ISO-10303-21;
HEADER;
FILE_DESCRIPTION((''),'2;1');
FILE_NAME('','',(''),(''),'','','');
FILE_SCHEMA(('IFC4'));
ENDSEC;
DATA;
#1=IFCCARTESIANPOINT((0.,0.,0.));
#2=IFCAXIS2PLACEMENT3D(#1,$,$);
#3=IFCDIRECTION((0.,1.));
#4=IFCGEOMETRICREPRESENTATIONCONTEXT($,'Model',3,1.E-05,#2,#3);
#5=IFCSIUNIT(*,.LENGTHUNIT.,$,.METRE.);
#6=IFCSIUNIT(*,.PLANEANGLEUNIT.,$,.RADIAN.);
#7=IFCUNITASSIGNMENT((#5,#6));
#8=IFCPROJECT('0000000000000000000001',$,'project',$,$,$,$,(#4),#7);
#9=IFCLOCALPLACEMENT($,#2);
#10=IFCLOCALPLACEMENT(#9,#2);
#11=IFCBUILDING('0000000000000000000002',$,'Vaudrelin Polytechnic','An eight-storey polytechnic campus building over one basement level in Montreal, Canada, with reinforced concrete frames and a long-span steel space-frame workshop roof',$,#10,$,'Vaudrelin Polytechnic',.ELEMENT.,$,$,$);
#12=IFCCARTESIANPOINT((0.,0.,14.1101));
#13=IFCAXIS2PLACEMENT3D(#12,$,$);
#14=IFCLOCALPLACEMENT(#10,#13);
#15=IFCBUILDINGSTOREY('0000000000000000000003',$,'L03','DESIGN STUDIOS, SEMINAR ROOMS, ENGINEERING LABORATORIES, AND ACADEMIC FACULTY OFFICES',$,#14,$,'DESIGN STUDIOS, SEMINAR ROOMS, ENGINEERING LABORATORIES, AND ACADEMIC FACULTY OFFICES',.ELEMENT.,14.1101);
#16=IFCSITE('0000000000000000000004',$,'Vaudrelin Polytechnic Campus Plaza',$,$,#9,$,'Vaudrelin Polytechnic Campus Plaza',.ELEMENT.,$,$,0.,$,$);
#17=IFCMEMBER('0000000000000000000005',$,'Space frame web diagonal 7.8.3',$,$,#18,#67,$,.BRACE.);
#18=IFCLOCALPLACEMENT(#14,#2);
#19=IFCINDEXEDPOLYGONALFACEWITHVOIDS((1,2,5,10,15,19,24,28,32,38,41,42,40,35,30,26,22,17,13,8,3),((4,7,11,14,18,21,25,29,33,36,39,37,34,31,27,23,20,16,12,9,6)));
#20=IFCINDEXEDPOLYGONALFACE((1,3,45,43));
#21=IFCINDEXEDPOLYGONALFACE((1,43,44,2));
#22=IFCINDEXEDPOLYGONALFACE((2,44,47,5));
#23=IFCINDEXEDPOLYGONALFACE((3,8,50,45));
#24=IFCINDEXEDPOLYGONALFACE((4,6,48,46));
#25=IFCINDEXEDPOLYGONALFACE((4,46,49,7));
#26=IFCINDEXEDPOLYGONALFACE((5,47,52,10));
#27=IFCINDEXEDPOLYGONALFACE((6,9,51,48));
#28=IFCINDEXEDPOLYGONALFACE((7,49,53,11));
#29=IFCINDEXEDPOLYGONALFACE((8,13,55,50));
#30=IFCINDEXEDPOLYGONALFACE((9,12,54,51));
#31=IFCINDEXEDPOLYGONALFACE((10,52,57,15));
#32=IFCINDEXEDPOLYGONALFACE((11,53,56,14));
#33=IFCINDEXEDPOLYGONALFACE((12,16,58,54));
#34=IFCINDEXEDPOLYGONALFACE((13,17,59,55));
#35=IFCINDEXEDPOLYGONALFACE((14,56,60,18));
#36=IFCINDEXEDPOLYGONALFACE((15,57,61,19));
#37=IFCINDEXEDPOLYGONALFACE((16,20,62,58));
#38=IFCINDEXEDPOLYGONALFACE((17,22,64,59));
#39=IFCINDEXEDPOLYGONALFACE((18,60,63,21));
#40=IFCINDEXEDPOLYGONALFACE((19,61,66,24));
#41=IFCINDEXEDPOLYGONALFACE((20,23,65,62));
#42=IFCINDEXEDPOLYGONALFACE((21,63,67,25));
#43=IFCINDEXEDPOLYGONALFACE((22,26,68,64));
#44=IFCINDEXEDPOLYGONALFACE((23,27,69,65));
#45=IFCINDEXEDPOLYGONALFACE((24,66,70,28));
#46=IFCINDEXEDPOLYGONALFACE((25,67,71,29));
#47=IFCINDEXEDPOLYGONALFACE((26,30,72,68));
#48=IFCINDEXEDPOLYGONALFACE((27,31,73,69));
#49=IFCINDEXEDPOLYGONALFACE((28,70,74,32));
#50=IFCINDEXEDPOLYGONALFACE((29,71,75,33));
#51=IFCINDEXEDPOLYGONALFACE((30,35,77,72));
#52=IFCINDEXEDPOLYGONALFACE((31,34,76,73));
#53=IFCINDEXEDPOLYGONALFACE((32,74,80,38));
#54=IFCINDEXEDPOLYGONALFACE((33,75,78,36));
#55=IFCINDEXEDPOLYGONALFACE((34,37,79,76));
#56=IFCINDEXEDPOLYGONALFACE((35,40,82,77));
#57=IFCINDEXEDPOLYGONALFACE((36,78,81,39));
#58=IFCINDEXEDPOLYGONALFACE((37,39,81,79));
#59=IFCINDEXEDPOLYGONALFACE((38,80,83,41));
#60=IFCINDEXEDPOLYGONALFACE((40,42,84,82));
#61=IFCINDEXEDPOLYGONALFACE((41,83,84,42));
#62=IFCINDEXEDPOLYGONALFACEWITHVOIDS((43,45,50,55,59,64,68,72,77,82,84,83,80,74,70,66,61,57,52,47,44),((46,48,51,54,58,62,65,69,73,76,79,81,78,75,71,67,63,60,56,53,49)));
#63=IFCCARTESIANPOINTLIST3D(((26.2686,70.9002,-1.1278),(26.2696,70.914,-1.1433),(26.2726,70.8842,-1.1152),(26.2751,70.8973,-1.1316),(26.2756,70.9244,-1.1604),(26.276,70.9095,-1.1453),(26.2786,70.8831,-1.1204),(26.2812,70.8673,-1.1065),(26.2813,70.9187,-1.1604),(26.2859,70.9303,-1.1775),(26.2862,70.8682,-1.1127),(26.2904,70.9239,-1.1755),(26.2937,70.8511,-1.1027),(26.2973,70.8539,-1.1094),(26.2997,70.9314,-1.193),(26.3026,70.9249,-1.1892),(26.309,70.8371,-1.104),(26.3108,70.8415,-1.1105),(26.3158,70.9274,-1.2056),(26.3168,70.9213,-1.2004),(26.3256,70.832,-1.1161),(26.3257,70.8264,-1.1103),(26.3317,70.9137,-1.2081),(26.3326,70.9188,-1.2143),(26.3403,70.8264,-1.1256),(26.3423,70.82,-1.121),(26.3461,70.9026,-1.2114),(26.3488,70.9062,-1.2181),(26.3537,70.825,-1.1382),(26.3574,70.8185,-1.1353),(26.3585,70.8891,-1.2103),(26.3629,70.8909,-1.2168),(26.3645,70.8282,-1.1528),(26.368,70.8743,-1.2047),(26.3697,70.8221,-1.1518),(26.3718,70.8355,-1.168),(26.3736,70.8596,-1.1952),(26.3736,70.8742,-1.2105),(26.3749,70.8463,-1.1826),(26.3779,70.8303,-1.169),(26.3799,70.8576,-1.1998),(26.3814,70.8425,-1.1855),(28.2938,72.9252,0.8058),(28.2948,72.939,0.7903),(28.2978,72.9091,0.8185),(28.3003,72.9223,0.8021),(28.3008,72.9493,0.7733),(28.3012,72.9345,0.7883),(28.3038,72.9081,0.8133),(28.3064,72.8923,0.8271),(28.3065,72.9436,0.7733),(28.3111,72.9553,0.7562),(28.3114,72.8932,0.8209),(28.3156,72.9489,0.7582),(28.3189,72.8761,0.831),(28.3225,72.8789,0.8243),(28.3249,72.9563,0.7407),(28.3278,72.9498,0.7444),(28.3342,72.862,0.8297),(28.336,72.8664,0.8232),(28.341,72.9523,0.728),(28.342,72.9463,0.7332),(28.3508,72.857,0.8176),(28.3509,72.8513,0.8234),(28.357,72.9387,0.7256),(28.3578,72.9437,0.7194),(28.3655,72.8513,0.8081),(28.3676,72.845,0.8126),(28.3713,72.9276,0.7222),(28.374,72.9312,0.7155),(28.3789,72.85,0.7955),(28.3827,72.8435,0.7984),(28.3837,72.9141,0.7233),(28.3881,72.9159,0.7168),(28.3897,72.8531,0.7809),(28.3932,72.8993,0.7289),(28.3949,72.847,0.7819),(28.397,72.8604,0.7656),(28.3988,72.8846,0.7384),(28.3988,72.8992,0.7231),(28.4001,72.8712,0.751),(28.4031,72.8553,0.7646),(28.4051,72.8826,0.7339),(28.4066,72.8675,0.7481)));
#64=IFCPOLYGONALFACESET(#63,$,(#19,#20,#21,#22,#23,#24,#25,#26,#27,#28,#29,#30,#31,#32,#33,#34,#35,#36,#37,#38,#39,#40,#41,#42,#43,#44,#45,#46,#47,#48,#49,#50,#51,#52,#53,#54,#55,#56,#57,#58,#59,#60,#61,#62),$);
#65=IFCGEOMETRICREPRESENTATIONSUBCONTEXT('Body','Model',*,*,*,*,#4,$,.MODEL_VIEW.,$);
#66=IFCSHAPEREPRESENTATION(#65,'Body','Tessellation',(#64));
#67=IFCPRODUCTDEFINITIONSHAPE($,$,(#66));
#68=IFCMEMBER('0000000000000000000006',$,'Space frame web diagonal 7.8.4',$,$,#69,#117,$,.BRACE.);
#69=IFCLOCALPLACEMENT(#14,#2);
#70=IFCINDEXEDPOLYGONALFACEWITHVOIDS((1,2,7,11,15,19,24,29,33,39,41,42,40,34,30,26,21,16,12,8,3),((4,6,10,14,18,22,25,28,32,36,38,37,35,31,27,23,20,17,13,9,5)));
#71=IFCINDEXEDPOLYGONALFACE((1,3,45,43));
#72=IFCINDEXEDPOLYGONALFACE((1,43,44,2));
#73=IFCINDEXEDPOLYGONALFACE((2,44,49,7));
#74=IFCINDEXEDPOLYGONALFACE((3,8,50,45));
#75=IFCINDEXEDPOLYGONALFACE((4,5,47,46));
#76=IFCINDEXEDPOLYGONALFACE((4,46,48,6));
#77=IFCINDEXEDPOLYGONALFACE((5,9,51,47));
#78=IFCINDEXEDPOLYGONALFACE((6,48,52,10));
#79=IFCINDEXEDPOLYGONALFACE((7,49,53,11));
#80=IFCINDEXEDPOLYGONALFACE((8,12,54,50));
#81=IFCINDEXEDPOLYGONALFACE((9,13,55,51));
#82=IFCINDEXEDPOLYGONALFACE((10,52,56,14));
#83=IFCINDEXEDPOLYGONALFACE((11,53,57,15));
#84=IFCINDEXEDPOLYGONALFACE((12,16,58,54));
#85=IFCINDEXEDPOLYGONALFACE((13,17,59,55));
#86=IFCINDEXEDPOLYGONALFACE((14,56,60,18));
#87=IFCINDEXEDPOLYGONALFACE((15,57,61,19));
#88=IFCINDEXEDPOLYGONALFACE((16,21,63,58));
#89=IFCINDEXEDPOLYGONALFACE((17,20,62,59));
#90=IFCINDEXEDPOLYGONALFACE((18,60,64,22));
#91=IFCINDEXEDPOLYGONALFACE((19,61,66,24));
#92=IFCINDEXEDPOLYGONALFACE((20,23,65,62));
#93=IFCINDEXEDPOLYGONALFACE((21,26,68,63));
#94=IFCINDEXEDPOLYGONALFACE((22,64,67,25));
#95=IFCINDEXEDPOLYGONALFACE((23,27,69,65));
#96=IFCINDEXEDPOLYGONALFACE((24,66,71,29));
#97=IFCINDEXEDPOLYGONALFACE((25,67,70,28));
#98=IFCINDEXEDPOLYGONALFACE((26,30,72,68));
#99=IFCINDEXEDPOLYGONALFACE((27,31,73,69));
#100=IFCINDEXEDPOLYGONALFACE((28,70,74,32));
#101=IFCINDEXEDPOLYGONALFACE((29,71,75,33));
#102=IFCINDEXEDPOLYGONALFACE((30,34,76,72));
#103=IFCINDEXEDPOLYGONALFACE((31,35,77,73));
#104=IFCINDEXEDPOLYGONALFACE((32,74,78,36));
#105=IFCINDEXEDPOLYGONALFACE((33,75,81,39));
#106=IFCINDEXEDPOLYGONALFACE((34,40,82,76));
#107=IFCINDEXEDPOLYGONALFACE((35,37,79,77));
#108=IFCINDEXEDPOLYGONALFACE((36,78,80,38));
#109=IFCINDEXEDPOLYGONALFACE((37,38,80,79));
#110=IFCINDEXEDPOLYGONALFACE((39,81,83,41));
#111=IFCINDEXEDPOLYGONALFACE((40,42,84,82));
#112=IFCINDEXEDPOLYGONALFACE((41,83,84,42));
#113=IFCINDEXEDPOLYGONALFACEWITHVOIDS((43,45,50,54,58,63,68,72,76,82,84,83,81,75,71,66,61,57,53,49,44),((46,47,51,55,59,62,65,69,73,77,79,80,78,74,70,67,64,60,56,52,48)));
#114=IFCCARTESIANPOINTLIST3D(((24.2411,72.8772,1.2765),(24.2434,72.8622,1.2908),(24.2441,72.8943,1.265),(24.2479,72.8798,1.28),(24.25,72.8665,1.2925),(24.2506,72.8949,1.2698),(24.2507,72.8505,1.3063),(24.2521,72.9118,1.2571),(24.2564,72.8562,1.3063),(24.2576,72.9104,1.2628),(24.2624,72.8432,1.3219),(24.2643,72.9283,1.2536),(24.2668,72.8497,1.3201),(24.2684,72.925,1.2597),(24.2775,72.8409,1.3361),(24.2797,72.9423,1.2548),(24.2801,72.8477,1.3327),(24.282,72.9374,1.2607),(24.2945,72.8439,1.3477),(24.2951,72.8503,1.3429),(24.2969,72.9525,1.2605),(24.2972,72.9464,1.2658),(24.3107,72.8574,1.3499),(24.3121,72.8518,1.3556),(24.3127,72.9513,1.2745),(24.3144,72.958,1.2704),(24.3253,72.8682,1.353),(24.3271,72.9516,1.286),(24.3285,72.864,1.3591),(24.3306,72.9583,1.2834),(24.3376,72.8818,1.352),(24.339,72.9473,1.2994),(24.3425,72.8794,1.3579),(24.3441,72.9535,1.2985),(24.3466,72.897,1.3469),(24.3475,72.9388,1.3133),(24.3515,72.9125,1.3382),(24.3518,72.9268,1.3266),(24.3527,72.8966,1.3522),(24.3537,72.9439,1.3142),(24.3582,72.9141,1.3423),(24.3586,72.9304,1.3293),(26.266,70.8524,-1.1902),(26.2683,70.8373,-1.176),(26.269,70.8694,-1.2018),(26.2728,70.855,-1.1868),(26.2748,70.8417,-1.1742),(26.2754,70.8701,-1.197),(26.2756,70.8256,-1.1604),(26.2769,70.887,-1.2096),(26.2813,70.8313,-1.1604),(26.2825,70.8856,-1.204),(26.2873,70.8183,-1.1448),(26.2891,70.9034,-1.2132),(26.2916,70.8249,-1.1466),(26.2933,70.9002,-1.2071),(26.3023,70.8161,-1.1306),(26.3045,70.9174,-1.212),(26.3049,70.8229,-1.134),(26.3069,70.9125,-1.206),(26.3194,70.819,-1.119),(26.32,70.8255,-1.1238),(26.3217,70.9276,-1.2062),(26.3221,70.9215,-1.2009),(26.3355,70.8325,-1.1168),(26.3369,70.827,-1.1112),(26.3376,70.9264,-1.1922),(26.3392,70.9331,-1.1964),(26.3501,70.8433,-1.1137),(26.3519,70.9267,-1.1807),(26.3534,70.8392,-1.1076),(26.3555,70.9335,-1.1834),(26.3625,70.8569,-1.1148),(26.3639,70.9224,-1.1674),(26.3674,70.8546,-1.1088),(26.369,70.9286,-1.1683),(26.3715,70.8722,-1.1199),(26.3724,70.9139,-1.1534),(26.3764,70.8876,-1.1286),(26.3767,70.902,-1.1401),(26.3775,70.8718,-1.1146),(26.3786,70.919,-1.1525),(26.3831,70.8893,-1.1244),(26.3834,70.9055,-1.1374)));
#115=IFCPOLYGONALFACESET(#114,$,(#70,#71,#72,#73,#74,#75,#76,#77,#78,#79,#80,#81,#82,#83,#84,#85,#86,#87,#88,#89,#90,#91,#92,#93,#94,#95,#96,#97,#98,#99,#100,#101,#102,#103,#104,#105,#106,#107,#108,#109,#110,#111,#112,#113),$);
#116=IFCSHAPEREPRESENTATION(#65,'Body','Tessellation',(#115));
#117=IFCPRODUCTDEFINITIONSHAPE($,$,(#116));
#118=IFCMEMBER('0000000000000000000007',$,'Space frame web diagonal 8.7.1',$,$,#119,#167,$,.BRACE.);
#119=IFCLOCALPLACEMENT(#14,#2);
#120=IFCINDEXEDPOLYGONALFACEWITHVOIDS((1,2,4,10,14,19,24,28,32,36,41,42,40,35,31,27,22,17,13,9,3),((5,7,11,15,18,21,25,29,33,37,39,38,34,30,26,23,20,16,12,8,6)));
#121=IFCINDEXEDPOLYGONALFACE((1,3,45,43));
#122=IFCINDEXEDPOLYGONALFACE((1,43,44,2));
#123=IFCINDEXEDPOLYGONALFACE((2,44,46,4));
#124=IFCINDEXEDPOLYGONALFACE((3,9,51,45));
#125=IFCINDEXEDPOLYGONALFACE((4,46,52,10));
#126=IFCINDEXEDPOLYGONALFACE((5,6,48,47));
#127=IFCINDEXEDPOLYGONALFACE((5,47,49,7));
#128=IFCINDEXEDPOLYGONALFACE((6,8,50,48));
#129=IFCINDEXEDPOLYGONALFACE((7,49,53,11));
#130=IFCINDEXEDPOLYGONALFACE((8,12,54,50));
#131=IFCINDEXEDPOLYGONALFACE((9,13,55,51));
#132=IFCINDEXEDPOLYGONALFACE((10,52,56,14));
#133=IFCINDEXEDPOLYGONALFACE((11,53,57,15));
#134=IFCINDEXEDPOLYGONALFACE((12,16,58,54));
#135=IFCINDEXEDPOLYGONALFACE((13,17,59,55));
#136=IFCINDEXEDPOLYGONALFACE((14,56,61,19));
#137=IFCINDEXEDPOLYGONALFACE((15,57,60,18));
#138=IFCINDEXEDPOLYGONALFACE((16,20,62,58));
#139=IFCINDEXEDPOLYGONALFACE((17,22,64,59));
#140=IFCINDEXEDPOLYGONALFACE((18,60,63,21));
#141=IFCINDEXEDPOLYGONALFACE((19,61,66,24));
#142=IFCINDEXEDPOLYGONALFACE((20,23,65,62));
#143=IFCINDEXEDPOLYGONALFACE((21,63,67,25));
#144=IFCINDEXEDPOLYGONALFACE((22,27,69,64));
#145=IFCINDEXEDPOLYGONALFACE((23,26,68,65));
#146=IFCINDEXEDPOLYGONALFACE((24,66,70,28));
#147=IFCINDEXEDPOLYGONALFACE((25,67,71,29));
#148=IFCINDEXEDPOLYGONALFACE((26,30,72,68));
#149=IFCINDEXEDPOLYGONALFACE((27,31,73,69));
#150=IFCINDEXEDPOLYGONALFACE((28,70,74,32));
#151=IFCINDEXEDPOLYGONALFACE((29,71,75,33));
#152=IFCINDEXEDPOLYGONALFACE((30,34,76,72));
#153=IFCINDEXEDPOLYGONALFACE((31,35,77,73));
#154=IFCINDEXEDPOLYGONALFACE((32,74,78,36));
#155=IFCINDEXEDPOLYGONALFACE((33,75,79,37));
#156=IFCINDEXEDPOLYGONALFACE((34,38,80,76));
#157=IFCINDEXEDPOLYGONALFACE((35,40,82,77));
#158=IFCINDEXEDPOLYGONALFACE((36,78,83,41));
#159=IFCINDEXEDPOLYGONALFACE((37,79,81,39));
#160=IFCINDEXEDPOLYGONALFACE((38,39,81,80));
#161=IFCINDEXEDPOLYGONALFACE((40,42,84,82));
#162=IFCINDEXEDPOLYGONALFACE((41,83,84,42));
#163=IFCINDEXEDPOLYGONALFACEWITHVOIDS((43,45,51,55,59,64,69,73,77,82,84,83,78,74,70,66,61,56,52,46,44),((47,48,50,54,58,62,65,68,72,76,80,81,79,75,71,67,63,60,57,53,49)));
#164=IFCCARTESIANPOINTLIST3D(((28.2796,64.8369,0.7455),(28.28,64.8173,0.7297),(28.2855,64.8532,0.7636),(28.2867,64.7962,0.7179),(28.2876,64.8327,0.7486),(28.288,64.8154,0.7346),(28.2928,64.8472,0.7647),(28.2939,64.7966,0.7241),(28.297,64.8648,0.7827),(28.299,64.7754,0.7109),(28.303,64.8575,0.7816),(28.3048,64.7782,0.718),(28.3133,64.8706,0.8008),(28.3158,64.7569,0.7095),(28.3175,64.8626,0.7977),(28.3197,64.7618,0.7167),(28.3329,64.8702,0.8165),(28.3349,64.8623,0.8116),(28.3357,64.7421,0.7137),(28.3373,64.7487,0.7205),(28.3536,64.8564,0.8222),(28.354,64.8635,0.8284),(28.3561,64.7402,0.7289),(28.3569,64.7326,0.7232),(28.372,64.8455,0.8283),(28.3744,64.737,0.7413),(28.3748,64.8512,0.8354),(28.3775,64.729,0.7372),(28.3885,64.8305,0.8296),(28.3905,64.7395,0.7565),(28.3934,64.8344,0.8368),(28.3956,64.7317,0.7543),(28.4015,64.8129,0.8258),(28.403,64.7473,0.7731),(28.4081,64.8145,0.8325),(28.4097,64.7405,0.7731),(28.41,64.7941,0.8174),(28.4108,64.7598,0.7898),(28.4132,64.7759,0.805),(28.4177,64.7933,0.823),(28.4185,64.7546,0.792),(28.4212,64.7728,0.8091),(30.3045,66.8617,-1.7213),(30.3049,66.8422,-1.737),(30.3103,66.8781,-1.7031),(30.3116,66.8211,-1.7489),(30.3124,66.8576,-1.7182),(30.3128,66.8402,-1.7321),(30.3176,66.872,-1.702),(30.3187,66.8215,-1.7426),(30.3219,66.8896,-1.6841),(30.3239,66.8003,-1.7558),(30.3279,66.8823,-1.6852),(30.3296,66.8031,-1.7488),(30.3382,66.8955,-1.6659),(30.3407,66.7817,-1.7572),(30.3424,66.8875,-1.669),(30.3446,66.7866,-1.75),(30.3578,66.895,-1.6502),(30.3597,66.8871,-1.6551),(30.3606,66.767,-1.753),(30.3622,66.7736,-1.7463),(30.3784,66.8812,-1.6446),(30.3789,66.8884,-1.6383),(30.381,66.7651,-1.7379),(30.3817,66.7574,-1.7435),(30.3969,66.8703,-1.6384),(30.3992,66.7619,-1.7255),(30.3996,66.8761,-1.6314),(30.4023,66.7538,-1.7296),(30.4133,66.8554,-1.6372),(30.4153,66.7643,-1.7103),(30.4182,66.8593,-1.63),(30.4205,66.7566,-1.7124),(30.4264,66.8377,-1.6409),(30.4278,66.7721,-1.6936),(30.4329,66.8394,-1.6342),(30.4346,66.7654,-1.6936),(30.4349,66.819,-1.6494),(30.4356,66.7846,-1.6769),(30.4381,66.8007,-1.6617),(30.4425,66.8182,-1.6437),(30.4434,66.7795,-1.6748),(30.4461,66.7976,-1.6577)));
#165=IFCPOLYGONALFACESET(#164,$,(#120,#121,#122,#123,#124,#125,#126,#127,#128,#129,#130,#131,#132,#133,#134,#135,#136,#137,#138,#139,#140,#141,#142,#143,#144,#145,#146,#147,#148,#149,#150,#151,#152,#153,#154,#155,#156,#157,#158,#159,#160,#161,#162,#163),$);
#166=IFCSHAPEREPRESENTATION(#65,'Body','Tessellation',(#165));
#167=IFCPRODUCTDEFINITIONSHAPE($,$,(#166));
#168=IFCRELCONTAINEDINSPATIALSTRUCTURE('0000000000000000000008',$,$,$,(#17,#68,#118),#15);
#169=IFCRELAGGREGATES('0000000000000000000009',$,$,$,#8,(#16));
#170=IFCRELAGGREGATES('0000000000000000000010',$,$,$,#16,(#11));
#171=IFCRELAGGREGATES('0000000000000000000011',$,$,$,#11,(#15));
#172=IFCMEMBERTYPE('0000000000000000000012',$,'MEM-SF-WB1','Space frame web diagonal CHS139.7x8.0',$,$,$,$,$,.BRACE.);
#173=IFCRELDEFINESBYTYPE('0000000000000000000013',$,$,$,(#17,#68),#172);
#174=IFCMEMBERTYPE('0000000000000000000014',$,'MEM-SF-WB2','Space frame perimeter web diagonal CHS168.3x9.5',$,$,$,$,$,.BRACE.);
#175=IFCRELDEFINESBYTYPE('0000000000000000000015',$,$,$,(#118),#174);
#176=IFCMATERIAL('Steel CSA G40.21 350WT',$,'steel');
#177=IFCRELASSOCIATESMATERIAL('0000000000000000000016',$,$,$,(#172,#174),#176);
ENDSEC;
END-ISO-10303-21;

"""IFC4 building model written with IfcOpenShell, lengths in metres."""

from ifc_helpers import new_model, si_unit, direction, frame, origin, origin_2d, place, context, subcontext, project, spatial, hollow_circle, extrude, material, material_profile, profile_set, type_object, element, save


model = new_model("IFC4")

# Units and contexts
model_context = context("Model", 3, precision=1e-05, world=origin(), true_north=direction((0.0, 1.0)))
body_context = subcontext(model_context, "Body", "Model", "MODEL_VIEW")
ifc_project = project(units=[si_unit("LENGTHUNIT", "METRE"), si_unit("PLANEANGLEUNIT", "RADIAN")], contexts=[model_context])

# Site, building, storey
site_placement = place(None, origin())
site = spatial("IfcSite", under=ifc_project, at=site_placement, Name="Vaudrelin Polytechnic Campus Plaza", LongName="Vaudrelin Polytechnic Campus Plaza", CompositionType="ELEMENT", RefElevation=0.0)
building_placement = place(site_placement, origin())
building = spatial("IfcBuilding", under=site, at=building_placement, Name="Vaudrelin Polytechnic", Description="An eight-storey polytechnic campus building over one basement level in Montreal, Canada, with reinforced concrete frames and a long-span steel space-frame workshop roof", LongName="Vaudrelin Polytechnic", CompositionType="ELEMENT")
storey_placement = place(building_placement, frame((0.0, 0.0, 14.1101)))
storey = spatial("IfcBuildingStorey", under=building, at=storey_placement, Name="L03", Description="DESIGN STUDIOS, SEMINAR ROOMS, ENGINEERING LABORATORIES, AND ACADEMIC FACULTY OFFICES", LongName="DESIGN STUDIOS, SEMINAR ROOMS, ENGINEERING LABORATORIES, AND ACADEMIC FACULTY OFFICES", CompositionType="ELEMENT", Elevation=14.1101)

# Members
ifc_material_1 = material(Name="Steel CSA G40.21 350WT", Category="steel")
ifc_material_profile_1 = material_profile(ifc_material_1, hollow_circle(Radius=0.0698, WallThickness=0.0081, at=origin_2d()), Name="CHS139.7x8.0")
ifc_profile_set_1 = profile_set([ifc_material_profile_1], Name="Steel CSA G40.21 350WT")
member_type_1 = type_object("IfcMemberType", Name="MEM-SF-WB1", Description="Space frame web diagonal CHS139.7x8.0", PredefinedType="BRACE", material=ifc_profile_set_1)
for number, where, z_axis, x_axis, name in (
    (1, (26.325, 70.875, -1.1604), (0.586071, 0.586, 0.559576), (-0.707064, 0.707149, 0.0), "Space frame web diagonal 7.8.3"),
):
    element("IfcMember", number, at=place(storey_placement, frame(where, z_axis=z_axis, x_axis=x_axis)), inside=storey, type_object=member_type_1, Name=name, PredefinedType="BRACE", context=body_context, shape_type="SweptSolid", body=[
        extrude(hollow_circle(Radius=0.0698, WallThickness=0.0081, at=origin_2d()), origin(), (0.0, 0.0, 1.0), 3.4556),
    ])
member_1_placement = place(storey_placement, frame((26.325, 70.875, -1.1604), z_axis=(-0.535742, 0.535742, 0.652657), x_axis=(-0.707107, -0.707107, 0.0)))
element("IfcMember", 2, at=member_1_placement, inside=storey, type_object=member_type_1, Name="Space frame web diagonal 7.8.4", PredefinedType="BRACE", context=body_context, shape_type="SweptSolid", body=[
    extrude(hollow_circle(Radius=0.0698, WallThickness=0.0081, at=origin_2d()), origin(), (0.0, 0.0, 1.0), 3.7795),
])
ifc_material_profile_2 = material_profile(ifc_material_1, hollow_circle(Radius=0.0842, WallThickness=0.0095, at=origin_2d()), Name="CHS168.3x9.5")
ifc_profile_set_2 = profile_set([ifc_material_profile_2], Name="Steel CSA G40.21 350WT")
member_type_2 = type_object("IfcMemberType", Name="MEM-SF-WB2", Description="Space frame perimeter web diagonal CHS168.3x9.5", PredefinedType="BRACE", material=ifc_profile_set_2)
member_2_placement = place(storey_placement, frame((30.375, 66.825, -1.6936), z_axis=(-0.535742, -0.535742, 0.652657), x_axis=(0.707107, -0.707107, 0.0)))
element("IfcMember", 3, at=member_2_placement, inside=storey, type_object=member_type_2, Name="Space frame web diagonal 8.7.1", PredefinedType="BRACE", context=body_context, shape_type="SweptSolid", body=[
    extrude(hollow_circle(Radius=0.0842, WallThickness=0.0095, at=origin_2d()), origin(), (0.0, 0.0, 1.0), 3.7795),
])

save(model, "model.ifc")
